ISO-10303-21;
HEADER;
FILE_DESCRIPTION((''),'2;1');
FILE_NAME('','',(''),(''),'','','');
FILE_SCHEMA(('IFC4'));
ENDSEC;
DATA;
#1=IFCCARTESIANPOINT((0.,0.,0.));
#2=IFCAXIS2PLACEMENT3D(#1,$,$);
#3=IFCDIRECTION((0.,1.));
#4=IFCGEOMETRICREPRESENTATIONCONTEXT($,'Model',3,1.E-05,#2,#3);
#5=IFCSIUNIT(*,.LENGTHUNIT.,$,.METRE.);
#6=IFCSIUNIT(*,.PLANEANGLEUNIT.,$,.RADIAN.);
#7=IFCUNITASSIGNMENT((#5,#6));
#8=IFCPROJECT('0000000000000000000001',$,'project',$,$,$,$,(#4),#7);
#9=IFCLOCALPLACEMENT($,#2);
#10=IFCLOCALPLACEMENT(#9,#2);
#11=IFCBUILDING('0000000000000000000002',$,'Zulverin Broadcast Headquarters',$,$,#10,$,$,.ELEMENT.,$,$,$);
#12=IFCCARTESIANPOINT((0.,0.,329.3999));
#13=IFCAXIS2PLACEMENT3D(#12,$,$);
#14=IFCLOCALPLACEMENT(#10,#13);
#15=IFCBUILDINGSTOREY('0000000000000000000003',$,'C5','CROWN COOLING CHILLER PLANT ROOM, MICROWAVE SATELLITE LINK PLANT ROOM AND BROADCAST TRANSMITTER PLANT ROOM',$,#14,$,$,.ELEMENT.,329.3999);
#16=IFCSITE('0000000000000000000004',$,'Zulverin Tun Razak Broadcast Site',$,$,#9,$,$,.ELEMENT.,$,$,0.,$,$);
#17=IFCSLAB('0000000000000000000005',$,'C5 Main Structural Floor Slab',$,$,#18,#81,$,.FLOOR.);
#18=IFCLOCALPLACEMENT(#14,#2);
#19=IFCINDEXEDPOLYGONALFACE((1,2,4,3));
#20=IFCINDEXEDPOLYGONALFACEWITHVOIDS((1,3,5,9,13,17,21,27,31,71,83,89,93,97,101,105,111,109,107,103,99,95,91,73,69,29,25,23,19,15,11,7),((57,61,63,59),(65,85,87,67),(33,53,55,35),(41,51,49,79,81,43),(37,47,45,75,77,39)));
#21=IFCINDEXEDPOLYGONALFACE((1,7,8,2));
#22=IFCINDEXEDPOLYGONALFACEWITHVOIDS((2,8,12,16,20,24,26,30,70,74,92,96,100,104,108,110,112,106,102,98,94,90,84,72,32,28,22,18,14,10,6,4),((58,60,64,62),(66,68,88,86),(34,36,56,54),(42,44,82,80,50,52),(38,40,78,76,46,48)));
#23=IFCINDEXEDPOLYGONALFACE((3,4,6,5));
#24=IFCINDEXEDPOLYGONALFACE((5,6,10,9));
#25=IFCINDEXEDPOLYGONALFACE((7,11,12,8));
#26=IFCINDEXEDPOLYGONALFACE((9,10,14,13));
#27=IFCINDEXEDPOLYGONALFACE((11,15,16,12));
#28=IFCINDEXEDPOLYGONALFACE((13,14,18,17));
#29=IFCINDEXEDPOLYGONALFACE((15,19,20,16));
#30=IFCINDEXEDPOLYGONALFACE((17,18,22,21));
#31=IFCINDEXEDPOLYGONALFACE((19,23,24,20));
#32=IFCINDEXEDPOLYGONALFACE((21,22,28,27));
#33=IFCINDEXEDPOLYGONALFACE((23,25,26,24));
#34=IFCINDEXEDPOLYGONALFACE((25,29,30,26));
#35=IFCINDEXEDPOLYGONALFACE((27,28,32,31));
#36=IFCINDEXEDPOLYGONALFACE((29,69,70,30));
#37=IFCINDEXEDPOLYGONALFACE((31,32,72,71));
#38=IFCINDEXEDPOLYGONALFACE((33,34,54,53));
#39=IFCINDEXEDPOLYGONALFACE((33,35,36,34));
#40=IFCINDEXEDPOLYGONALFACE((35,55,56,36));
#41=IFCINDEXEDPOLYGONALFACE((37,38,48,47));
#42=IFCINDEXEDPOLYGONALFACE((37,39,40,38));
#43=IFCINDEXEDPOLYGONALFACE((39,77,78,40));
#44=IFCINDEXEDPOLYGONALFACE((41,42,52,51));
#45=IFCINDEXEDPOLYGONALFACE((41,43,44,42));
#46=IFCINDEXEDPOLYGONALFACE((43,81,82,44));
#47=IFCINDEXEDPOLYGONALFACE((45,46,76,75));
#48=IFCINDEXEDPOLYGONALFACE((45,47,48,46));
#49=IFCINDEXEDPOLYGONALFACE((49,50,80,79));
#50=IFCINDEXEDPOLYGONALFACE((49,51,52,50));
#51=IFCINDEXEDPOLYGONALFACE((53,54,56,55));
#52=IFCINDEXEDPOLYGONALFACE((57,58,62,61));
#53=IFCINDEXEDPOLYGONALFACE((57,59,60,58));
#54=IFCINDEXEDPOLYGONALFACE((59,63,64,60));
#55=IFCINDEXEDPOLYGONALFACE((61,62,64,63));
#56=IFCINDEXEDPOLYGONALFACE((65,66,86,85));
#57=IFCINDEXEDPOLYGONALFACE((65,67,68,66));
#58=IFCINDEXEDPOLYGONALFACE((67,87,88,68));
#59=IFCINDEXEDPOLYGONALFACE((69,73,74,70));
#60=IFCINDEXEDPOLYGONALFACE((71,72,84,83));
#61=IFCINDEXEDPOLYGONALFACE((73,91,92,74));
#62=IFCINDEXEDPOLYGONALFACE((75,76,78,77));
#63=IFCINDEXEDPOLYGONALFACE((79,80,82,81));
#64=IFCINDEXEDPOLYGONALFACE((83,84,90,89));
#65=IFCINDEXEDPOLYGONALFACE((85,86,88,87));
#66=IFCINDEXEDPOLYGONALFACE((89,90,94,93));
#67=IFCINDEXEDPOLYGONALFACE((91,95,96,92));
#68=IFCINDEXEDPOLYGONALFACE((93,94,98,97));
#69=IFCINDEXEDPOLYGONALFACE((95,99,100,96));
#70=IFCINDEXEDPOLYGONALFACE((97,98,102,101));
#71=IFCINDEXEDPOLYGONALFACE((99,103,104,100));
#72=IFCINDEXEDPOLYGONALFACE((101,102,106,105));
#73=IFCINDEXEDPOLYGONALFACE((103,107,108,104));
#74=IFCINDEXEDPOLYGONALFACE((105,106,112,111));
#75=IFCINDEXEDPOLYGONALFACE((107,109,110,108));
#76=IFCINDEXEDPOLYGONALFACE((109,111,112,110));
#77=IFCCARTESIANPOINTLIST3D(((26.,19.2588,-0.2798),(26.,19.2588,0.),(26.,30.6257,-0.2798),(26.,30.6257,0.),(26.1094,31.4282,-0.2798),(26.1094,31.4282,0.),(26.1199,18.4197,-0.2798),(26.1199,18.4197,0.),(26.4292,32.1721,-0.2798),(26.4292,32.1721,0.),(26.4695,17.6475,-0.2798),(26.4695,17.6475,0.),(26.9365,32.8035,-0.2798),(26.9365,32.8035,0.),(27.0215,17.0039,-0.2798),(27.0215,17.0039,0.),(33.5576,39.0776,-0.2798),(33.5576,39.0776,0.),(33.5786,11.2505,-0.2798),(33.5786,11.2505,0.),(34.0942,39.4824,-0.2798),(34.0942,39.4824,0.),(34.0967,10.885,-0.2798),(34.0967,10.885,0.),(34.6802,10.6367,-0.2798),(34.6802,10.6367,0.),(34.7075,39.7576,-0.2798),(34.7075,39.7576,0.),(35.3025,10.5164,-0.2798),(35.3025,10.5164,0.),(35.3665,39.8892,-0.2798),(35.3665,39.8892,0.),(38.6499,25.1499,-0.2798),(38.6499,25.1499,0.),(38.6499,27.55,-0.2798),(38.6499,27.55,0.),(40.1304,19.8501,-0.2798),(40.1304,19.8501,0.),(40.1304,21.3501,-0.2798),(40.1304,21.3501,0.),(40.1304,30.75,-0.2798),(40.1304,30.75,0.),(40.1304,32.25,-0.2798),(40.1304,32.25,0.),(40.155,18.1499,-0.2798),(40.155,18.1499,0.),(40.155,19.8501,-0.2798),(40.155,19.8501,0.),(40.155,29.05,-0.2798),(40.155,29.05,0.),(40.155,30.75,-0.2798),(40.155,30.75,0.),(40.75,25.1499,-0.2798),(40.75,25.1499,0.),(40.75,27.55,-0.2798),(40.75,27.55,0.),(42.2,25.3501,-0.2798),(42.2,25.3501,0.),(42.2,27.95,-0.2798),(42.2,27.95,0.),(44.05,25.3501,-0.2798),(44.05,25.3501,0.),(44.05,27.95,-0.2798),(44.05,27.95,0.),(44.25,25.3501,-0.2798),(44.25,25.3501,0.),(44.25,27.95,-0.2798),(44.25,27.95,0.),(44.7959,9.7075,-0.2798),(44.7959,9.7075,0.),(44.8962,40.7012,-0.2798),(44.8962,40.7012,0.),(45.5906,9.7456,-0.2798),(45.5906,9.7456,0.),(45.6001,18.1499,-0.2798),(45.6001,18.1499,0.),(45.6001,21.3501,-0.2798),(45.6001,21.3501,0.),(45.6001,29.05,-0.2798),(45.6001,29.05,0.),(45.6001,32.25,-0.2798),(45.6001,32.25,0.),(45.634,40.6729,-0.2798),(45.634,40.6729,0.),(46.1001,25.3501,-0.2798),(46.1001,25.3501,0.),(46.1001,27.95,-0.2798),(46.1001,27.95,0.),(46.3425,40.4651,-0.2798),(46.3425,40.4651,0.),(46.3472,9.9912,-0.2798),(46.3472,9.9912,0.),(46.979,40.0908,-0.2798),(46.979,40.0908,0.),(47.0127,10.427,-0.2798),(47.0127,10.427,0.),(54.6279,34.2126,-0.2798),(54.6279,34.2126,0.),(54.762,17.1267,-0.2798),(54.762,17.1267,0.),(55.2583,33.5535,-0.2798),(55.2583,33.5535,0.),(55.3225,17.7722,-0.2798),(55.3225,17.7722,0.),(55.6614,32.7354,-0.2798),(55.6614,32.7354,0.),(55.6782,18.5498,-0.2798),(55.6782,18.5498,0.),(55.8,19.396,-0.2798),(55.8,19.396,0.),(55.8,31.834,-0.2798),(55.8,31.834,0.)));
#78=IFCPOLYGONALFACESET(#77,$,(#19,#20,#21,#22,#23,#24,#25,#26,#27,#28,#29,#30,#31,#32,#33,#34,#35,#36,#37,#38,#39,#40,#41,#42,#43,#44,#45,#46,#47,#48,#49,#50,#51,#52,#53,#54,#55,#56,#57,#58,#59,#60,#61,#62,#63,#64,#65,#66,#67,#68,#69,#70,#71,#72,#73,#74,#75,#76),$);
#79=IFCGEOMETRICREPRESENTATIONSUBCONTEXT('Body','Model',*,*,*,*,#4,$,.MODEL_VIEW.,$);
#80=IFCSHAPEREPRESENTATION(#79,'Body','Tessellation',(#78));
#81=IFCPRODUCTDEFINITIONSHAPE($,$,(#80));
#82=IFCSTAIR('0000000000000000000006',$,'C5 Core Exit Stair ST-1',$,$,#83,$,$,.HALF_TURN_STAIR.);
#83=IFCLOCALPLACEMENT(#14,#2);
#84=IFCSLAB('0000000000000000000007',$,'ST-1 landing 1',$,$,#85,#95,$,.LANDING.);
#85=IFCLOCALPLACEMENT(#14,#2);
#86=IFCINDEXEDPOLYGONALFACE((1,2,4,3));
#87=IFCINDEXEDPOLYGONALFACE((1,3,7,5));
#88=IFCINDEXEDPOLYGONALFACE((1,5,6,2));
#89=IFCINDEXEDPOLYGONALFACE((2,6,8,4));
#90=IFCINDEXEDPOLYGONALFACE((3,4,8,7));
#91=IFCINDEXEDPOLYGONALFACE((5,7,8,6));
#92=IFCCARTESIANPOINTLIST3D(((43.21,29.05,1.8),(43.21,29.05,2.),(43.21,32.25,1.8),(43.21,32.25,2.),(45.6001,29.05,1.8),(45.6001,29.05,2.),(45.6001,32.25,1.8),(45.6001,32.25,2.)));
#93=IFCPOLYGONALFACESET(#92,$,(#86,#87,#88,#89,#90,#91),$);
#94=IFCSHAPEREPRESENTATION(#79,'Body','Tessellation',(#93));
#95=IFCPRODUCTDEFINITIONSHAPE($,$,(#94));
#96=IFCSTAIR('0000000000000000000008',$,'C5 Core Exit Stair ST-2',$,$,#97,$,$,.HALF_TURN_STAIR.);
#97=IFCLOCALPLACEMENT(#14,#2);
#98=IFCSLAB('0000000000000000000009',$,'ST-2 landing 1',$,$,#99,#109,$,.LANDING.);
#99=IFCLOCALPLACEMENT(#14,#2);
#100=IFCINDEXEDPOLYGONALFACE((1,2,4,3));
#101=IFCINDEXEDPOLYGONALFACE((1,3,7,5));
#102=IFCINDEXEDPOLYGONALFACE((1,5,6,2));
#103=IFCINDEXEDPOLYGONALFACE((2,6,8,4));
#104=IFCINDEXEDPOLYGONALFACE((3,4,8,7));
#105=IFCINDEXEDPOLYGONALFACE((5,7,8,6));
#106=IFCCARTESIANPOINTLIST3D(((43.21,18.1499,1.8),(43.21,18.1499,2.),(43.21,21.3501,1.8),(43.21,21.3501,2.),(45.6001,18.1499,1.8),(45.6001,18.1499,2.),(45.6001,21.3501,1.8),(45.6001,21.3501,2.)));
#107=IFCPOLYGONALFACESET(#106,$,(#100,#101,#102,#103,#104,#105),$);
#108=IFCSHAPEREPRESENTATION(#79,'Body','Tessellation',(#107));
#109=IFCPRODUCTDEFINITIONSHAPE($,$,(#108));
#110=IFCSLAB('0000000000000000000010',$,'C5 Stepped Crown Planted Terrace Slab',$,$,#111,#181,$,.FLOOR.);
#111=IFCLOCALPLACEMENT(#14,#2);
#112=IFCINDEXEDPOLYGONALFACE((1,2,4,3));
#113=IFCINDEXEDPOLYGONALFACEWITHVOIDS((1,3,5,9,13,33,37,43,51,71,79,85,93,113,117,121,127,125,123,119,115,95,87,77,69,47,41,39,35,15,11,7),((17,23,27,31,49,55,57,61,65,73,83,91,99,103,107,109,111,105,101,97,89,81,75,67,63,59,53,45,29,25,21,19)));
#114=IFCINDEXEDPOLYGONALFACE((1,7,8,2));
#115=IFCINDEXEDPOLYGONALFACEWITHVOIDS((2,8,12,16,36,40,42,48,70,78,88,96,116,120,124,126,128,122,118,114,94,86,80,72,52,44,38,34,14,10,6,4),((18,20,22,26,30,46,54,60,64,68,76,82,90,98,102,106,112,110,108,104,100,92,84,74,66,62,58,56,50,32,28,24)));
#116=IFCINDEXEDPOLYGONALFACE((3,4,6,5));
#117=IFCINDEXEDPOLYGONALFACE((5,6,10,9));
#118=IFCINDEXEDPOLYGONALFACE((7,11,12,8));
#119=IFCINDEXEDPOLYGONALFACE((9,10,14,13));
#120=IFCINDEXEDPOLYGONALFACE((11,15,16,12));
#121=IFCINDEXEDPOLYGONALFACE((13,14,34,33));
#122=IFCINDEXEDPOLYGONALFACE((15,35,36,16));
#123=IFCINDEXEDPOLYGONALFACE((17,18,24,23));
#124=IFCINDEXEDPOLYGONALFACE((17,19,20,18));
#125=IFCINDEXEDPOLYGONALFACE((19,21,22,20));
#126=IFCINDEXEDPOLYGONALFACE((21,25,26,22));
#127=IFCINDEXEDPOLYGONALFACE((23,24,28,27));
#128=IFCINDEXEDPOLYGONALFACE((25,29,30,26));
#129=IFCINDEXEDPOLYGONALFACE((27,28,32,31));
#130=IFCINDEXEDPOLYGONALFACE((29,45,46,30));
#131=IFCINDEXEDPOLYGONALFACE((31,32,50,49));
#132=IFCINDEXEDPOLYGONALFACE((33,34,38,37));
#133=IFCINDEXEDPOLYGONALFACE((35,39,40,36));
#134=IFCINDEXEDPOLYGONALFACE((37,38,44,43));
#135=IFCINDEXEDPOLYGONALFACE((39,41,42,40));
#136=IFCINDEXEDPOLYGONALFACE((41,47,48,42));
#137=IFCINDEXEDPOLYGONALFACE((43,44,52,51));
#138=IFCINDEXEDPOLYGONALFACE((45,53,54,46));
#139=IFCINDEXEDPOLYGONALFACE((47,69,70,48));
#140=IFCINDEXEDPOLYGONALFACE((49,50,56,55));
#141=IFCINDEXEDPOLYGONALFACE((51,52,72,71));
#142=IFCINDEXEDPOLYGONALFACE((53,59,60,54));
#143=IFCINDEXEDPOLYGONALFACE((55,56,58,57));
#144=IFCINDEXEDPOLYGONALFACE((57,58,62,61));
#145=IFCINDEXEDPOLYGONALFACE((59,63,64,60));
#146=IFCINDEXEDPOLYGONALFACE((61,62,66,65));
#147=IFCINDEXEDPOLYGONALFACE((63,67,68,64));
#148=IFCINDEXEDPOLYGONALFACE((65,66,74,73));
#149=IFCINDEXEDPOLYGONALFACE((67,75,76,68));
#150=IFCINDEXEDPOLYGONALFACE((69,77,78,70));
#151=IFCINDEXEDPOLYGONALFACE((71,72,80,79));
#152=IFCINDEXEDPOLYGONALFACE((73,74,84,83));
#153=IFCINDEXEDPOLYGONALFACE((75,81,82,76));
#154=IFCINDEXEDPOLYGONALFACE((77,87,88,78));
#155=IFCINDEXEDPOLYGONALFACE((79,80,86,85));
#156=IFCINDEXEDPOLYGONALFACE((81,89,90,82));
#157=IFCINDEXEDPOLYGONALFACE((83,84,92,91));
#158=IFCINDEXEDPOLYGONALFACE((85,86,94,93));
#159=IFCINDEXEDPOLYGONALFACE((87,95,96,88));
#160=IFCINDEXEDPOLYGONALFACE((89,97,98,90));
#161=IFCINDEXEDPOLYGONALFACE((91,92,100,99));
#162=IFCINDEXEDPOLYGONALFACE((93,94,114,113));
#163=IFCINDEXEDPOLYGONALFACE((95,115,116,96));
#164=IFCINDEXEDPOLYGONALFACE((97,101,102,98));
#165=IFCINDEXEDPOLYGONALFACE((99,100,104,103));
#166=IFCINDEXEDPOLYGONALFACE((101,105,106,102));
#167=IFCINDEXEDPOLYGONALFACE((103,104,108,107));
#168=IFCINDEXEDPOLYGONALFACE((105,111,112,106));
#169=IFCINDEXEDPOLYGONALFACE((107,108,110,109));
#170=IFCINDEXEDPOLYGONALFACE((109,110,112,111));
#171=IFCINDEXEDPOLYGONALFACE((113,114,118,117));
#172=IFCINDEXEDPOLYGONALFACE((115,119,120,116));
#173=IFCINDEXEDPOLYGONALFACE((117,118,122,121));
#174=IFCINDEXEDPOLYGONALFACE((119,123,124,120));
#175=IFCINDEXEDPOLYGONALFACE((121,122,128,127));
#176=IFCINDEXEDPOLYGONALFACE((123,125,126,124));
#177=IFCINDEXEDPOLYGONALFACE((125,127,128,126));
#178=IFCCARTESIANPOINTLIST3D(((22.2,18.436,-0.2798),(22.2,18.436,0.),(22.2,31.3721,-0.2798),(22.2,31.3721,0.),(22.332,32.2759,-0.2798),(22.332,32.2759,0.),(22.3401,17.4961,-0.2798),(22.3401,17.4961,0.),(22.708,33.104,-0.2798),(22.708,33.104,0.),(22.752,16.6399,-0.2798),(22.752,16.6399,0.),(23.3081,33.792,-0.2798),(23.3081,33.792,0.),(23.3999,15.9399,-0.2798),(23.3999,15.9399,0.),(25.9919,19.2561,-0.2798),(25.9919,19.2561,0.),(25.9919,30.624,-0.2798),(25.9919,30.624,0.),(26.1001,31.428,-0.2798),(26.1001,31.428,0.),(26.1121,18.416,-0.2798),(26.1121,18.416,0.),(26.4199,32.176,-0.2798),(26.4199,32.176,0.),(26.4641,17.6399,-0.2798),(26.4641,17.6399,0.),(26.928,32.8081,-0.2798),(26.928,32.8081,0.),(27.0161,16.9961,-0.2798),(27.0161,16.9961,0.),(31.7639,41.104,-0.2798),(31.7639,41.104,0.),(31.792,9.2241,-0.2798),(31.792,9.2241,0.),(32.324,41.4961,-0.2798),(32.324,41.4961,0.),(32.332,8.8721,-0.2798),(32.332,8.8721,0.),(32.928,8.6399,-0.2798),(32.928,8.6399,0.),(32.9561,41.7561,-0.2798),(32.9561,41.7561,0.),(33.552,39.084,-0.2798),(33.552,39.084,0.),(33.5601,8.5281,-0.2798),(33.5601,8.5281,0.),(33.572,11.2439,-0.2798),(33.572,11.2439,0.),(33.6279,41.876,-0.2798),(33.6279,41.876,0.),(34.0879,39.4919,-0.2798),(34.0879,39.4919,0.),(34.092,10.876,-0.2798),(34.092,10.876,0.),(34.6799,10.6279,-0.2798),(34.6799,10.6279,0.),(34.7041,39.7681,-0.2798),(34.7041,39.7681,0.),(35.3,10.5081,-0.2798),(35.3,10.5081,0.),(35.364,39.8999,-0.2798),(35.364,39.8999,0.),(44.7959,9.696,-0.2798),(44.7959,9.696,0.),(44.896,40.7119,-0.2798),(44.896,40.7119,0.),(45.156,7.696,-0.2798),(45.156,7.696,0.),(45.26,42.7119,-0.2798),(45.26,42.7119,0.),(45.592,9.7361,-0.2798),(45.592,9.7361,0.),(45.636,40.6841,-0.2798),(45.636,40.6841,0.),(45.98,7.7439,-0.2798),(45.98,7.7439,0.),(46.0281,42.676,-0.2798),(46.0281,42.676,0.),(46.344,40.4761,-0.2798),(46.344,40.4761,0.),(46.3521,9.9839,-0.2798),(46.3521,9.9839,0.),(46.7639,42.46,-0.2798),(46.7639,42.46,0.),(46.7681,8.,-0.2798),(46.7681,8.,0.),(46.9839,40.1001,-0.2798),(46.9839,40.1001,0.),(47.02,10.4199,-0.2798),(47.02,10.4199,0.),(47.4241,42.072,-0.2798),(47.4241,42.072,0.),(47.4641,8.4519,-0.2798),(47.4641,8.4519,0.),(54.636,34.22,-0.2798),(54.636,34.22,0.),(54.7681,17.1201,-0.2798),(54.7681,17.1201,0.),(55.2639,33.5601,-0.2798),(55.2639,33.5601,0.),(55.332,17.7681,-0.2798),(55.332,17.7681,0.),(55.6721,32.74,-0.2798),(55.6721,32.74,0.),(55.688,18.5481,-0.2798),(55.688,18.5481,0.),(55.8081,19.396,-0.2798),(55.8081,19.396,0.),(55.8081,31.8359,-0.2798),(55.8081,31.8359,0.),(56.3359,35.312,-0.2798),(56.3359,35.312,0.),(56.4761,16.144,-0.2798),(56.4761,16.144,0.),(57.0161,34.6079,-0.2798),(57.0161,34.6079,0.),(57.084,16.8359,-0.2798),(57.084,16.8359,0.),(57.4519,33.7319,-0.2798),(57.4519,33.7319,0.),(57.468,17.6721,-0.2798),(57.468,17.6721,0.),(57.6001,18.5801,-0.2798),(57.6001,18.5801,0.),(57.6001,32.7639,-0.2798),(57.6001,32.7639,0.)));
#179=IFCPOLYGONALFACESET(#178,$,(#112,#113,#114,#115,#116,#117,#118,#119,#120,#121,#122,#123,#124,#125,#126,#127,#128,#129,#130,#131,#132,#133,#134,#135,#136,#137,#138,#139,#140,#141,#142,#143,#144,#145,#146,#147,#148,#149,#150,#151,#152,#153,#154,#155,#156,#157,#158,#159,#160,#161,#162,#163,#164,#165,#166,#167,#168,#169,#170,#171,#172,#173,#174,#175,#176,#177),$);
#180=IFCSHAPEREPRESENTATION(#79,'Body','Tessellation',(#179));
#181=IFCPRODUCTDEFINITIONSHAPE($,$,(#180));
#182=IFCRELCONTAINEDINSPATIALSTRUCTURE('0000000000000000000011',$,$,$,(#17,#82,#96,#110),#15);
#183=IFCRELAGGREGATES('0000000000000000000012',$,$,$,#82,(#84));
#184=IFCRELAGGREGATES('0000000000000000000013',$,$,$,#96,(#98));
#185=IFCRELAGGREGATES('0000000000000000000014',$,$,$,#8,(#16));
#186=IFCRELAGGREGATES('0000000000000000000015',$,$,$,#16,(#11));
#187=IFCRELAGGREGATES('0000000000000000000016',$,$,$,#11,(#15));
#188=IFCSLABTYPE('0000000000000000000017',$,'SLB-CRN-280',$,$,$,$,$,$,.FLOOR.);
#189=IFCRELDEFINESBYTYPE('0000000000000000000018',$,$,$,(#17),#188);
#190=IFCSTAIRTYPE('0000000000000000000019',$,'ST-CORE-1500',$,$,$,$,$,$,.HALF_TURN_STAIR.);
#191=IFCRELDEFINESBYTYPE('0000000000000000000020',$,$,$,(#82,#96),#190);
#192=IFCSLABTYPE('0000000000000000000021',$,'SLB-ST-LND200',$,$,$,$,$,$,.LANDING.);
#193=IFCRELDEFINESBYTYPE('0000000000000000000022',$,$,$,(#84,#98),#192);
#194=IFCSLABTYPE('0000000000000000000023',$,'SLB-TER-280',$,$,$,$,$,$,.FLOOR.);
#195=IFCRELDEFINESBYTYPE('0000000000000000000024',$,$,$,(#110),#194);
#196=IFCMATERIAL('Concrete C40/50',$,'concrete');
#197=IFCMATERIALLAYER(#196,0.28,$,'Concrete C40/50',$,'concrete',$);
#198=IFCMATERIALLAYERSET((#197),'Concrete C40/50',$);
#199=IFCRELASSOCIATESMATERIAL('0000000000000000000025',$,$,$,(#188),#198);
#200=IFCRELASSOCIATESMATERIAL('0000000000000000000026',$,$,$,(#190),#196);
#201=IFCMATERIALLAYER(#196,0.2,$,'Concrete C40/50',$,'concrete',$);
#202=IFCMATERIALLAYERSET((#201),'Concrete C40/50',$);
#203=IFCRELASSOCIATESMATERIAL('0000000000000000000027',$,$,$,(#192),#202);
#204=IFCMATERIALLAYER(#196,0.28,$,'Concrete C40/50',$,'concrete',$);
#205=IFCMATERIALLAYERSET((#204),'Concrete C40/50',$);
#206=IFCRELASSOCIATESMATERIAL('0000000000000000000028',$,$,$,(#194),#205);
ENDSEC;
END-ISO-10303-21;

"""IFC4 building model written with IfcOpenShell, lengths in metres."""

from ifc_helpers import new_model, si_unit, direction, frame, origin, place, context, subcontext, project, spatial, polyline, outline, extrude, material, layer, layer_set, type_object, element, aggregate, save


model = new_model("IFC4")

# Units and contexts
model_context = context("Model", 3, precision=1e-05, world=origin(), true_north=direction((0.0, 1.0)))
body_context = subcontext(model_context, "Body", "Model", "MODEL_VIEW")
ifc_project = project(units=[si_unit("LENGTHUNIT", "METRE"), si_unit("PLANEANGLEUNIT", "RADIAN")], contexts=[model_context])

# Site, building, storey
site_placement = place(None, origin())
site = spatial("IfcSite", under=ifc_project, at=site_placement, Name="Zulverin Tun Razak Broadcast Site", CompositionType="ELEMENT", RefElevation=0.0)
building_placement = place(site_placement, origin())
building = spatial("IfcBuilding", under=site, at=building_placement, Name="Zulverin Broadcast Headquarters", CompositionType="ELEMENT")
storey_placement = place(building_placement, frame((0.0, 0.0, 329.3999)))
storey = spatial("IfcBuildingStorey", under=building, at=storey_placement, Name="C5", Description="CROWN COOLING CHILLER PLANT ROOM, MICROWAVE SATELLITE LINK PLANT ROOM AND BROADCAST TRANSMITTER PLANT ROOM", CompositionType="ELEMENT", Elevation=329.3999)

# Slab
ifc_material_1 = material(Name="Concrete C40/50", Category="concrete")
ifc_layer_1 = layer(ifc_material_1, 0.28, Name="Concrete C40/50", Category="concrete")
ifc_layer_set_1 = layer_set([ifc_layer_1], Name="Concrete C40/50")
slab_type_1 = type_object("IfcSlabType", Name="SLB-CRN-280", PredefinedType="FLOOR", material=ifc_layer_set_1)
slab_1_placement = place(storey_placement, frame((0.0, 0.0, -0.2798)))
element("IfcSlab", 1, at=slab_1_placement, inside=storey, type_object=slab_type_1, Name="C5 Main Structural Floor Slab", PredefinedType="FLOOR", context=body_context, shape_type="SweptSolid", body=[
    extrude(outline(polyline([(33.5786, 11.2505), (34.0967, 10.885), (34.6802, 10.6367), (35.3025, 10.5164), (44.7959, 9.7075), (45.5906, 9.7456), (46.3472, 9.9912), (47.0127, 10.427), (54.762, 17.1267), (55.3225, 17.7722), (55.6782, 18.5498), (55.8, 19.396), (55.8, 31.834), (55.6614, 32.7354), (55.2583, 33.5535), (54.6279, 34.2126), (46.979, 40.0908), (46.3425, 40.4651), (45.634, 40.6729), (44.8962, 40.7012), (35.3665, 39.8892), (34.7075, 39.7576), (34.0942, 39.4824), (33.5576, 39.0776), (26.9365, 32.8035), (26.4292, 32.1721), (26.1094, 31.4282), (26.0, 30.6257), (26.0, 19.2588), (26.1199, 18.4197), (26.4695, 17.6475), (27.0215, 17.0039), (33.5786, 11.2505)]), holes=[polyline([(40.155, 30.75), (40.1304, 30.75), (40.1304, 32.25), (45.6001, 32.25), (45.6001, 29.05), (40.155, 29.05), (40.155, 30.75)]), polyline([(40.155, 19.8501), (40.1304, 19.8501), (40.1304, 21.3501), (45.6001, 21.3501), (45.6001, 18.1499), (40.155, 18.1499), (40.155, 19.8501)]), polyline([(42.2, 25.3501), (44.05, 25.3501), (44.05, 27.95), (42.2, 27.95), (42.2, 25.3501)]), polyline([(44.25, 25.3501), (46.1001, 25.3501), (46.1001, 27.95), (44.25, 27.95), (44.25, 25.3501)]), polyline([(38.6499, 25.1499), (40.75, 25.1499), (40.75, 27.55), (38.6499, 27.55), (38.6499, 25.1499)])]), origin(), (0.0, 0.0, 1.0), 0.2798),
])

# Stairs, slabs
stair_type = type_object("IfcStairType", Name="ST-CORE-1500", PredefinedType="HALF_TURN_STAIR", material=ifc_material_1)
stair_1_placement = place(storey_placement, origin())
stair_1 = element("IfcStair", 2, at=stair_1_placement, inside=storey, type_object=stair_type, Name="C5 Core Exit Stair ST-1", PredefinedType="HALF_TURN_STAIR")
ifc_layer_2 = layer(ifc_material_1, 0.2, Name="Concrete C40/50", Category="concrete")
ifc_layer_set_2 = layer_set([ifc_layer_2], Name="Concrete C40/50")
slab_type_2 = type_object("IfcSlabType", Name="SLB-ST-LND200", PredefinedType="LANDING", material=ifc_layer_set_2)
slab_2_placement = place(storey_placement, frame((0.0, 0.0, 1.8)))
slab_2 = element("IfcSlab", 3, at=slab_2_placement, type_object=slab_type_2, Name="ST-1 landing 1", PredefinedType="LANDING", context=body_context, shape_type="SweptSolid", body=[
    extrude(outline(polyline([(43.21, 29.05), (45.6001, 29.05), (45.6001, 32.25), (43.21, 32.25), (43.21, 29.05)])), origin(), (0.0, 0.0, 1.0), 0.2),
])
aggregate(stair_1, [slab_2])
stair_2_placement = place(storey_placement, origin())
stair_2 = element("IfcStair", 4, at=stair_2_placement, inside=storey, type_object=stair_type, Name="C5 Core Exit Stair ST-2", PredefinedType="HALF_TURN_STAIR")
slab_3_placement = place(storey_placement, frame((0.0, 0.0, 1.8)))
slab_3 = element("IfcSlab", 5, at=slab_3_placement, type_object=slab_type_2, Name="ST-2 landing 1", PredefinedType="LANDING", context=body_context, shape_type="SweptSolid", body=[
    extrude(outline(polyline([(43.21, 18.1499), (45.6001, 18.1499), (45.6001, 21.3501), (43.21, 21.3501), (43.21, 18.1499)])), origin(), (0.0, 0.0, 1.0), 0.2),
])
aggregate(stair_2, [slab_3])

# Slab
ifc_layer_3 = layer(ifc_material_1, 0.28, Name="Concrete C40/50", Category="concrete")
ifc_layer_set_3 = layer_set([ifc_layer_3], Name="Concrete C40/50")
slab_type_3 = type_object("IfcSlabType", Name="SLB-TER-280", PredefinedType="FLOOR", material=ifc_layer_set_3)
slab_4_placement = place(storey_placement, frame((0.0, 0.0, -0.2798)))
element("IfcSlab", 6, at=slab_4_placement, inside=storey, type_object=slab_type_3, Name="C5 Stepped Crown Planted Terrace Slab", PredefinedType="FLOOR", context=body_context, shape_type="SweptSolid", body=[
    extrude(outline(polyline([(22.752, 16.6399), (23.3999, 15.9399), (31.792, 9.2241), (32.332, 8.8721), (32.928, 8.6399), (33.5601, 8.5281), (45.156, 7.696), (45.98, 7.7439), (46.7681, 8.0), (47.4641, 8.4519), (56.4761, 16.144), (57.084, 16.8359), (57.468, 17.6721), (57.6001, 18.5801), (57.6001, 32.7639), (57.4519, 33.7319), (57.0161, 34.6079), (56.3359, 35.312), (47.4241, 42.072), (46.7639, 42.46), (46.0281, 42.676), (45.26, 42.7119), (33.6279, 41.876), (32.9561, 41.7561), (32.324, 41.4961), (31.7639, 41.104), (23.3081, 33.792), (22.708, 33.104), (22.332, 32.2759), (22.2, 31.3721), (22.2, 18.436), (22.3401, 17.4961), (22.752, 16.6399)]), holes=[polyline([(34.092, 10.876), (33.572, 11.2439), (27.0161, 16.9961), (26.4641, 17.6399), (26.1121, 18.416), (25.9919, 19.2561), (25.9919, 30.624), (26.1001, 31.428), (26.4199, 32.176), (26.928, 32.8081), (33.552, 39.084), (34.0879, 39.4919), (34.7041, 39.7681), (35.364, 39.8999), (44.896, 40.7119), (45.636, 40.6841), (46.344, 40.4761), (46.9839, 40.1001), (54.636, 34.22), (55.2639, 33.5601), (55.6721, 32.74), (55.8081, 31.8359), (55.8081, 19.396), (55.688, 18.5481), (55.332, 17.7681), (54.7681, 17.1201), (47.02, 10.4199), (46.3521, 9.9839), (45.592, 9.7361), (44.7959, 9.696), (35.3, 10.5081), (34.6799, 10.6279), (34.092, 10.876)])]), origin(), (0.0, 0.0, 1.0), 0.2798),
])

save(model, "model.ifc")
